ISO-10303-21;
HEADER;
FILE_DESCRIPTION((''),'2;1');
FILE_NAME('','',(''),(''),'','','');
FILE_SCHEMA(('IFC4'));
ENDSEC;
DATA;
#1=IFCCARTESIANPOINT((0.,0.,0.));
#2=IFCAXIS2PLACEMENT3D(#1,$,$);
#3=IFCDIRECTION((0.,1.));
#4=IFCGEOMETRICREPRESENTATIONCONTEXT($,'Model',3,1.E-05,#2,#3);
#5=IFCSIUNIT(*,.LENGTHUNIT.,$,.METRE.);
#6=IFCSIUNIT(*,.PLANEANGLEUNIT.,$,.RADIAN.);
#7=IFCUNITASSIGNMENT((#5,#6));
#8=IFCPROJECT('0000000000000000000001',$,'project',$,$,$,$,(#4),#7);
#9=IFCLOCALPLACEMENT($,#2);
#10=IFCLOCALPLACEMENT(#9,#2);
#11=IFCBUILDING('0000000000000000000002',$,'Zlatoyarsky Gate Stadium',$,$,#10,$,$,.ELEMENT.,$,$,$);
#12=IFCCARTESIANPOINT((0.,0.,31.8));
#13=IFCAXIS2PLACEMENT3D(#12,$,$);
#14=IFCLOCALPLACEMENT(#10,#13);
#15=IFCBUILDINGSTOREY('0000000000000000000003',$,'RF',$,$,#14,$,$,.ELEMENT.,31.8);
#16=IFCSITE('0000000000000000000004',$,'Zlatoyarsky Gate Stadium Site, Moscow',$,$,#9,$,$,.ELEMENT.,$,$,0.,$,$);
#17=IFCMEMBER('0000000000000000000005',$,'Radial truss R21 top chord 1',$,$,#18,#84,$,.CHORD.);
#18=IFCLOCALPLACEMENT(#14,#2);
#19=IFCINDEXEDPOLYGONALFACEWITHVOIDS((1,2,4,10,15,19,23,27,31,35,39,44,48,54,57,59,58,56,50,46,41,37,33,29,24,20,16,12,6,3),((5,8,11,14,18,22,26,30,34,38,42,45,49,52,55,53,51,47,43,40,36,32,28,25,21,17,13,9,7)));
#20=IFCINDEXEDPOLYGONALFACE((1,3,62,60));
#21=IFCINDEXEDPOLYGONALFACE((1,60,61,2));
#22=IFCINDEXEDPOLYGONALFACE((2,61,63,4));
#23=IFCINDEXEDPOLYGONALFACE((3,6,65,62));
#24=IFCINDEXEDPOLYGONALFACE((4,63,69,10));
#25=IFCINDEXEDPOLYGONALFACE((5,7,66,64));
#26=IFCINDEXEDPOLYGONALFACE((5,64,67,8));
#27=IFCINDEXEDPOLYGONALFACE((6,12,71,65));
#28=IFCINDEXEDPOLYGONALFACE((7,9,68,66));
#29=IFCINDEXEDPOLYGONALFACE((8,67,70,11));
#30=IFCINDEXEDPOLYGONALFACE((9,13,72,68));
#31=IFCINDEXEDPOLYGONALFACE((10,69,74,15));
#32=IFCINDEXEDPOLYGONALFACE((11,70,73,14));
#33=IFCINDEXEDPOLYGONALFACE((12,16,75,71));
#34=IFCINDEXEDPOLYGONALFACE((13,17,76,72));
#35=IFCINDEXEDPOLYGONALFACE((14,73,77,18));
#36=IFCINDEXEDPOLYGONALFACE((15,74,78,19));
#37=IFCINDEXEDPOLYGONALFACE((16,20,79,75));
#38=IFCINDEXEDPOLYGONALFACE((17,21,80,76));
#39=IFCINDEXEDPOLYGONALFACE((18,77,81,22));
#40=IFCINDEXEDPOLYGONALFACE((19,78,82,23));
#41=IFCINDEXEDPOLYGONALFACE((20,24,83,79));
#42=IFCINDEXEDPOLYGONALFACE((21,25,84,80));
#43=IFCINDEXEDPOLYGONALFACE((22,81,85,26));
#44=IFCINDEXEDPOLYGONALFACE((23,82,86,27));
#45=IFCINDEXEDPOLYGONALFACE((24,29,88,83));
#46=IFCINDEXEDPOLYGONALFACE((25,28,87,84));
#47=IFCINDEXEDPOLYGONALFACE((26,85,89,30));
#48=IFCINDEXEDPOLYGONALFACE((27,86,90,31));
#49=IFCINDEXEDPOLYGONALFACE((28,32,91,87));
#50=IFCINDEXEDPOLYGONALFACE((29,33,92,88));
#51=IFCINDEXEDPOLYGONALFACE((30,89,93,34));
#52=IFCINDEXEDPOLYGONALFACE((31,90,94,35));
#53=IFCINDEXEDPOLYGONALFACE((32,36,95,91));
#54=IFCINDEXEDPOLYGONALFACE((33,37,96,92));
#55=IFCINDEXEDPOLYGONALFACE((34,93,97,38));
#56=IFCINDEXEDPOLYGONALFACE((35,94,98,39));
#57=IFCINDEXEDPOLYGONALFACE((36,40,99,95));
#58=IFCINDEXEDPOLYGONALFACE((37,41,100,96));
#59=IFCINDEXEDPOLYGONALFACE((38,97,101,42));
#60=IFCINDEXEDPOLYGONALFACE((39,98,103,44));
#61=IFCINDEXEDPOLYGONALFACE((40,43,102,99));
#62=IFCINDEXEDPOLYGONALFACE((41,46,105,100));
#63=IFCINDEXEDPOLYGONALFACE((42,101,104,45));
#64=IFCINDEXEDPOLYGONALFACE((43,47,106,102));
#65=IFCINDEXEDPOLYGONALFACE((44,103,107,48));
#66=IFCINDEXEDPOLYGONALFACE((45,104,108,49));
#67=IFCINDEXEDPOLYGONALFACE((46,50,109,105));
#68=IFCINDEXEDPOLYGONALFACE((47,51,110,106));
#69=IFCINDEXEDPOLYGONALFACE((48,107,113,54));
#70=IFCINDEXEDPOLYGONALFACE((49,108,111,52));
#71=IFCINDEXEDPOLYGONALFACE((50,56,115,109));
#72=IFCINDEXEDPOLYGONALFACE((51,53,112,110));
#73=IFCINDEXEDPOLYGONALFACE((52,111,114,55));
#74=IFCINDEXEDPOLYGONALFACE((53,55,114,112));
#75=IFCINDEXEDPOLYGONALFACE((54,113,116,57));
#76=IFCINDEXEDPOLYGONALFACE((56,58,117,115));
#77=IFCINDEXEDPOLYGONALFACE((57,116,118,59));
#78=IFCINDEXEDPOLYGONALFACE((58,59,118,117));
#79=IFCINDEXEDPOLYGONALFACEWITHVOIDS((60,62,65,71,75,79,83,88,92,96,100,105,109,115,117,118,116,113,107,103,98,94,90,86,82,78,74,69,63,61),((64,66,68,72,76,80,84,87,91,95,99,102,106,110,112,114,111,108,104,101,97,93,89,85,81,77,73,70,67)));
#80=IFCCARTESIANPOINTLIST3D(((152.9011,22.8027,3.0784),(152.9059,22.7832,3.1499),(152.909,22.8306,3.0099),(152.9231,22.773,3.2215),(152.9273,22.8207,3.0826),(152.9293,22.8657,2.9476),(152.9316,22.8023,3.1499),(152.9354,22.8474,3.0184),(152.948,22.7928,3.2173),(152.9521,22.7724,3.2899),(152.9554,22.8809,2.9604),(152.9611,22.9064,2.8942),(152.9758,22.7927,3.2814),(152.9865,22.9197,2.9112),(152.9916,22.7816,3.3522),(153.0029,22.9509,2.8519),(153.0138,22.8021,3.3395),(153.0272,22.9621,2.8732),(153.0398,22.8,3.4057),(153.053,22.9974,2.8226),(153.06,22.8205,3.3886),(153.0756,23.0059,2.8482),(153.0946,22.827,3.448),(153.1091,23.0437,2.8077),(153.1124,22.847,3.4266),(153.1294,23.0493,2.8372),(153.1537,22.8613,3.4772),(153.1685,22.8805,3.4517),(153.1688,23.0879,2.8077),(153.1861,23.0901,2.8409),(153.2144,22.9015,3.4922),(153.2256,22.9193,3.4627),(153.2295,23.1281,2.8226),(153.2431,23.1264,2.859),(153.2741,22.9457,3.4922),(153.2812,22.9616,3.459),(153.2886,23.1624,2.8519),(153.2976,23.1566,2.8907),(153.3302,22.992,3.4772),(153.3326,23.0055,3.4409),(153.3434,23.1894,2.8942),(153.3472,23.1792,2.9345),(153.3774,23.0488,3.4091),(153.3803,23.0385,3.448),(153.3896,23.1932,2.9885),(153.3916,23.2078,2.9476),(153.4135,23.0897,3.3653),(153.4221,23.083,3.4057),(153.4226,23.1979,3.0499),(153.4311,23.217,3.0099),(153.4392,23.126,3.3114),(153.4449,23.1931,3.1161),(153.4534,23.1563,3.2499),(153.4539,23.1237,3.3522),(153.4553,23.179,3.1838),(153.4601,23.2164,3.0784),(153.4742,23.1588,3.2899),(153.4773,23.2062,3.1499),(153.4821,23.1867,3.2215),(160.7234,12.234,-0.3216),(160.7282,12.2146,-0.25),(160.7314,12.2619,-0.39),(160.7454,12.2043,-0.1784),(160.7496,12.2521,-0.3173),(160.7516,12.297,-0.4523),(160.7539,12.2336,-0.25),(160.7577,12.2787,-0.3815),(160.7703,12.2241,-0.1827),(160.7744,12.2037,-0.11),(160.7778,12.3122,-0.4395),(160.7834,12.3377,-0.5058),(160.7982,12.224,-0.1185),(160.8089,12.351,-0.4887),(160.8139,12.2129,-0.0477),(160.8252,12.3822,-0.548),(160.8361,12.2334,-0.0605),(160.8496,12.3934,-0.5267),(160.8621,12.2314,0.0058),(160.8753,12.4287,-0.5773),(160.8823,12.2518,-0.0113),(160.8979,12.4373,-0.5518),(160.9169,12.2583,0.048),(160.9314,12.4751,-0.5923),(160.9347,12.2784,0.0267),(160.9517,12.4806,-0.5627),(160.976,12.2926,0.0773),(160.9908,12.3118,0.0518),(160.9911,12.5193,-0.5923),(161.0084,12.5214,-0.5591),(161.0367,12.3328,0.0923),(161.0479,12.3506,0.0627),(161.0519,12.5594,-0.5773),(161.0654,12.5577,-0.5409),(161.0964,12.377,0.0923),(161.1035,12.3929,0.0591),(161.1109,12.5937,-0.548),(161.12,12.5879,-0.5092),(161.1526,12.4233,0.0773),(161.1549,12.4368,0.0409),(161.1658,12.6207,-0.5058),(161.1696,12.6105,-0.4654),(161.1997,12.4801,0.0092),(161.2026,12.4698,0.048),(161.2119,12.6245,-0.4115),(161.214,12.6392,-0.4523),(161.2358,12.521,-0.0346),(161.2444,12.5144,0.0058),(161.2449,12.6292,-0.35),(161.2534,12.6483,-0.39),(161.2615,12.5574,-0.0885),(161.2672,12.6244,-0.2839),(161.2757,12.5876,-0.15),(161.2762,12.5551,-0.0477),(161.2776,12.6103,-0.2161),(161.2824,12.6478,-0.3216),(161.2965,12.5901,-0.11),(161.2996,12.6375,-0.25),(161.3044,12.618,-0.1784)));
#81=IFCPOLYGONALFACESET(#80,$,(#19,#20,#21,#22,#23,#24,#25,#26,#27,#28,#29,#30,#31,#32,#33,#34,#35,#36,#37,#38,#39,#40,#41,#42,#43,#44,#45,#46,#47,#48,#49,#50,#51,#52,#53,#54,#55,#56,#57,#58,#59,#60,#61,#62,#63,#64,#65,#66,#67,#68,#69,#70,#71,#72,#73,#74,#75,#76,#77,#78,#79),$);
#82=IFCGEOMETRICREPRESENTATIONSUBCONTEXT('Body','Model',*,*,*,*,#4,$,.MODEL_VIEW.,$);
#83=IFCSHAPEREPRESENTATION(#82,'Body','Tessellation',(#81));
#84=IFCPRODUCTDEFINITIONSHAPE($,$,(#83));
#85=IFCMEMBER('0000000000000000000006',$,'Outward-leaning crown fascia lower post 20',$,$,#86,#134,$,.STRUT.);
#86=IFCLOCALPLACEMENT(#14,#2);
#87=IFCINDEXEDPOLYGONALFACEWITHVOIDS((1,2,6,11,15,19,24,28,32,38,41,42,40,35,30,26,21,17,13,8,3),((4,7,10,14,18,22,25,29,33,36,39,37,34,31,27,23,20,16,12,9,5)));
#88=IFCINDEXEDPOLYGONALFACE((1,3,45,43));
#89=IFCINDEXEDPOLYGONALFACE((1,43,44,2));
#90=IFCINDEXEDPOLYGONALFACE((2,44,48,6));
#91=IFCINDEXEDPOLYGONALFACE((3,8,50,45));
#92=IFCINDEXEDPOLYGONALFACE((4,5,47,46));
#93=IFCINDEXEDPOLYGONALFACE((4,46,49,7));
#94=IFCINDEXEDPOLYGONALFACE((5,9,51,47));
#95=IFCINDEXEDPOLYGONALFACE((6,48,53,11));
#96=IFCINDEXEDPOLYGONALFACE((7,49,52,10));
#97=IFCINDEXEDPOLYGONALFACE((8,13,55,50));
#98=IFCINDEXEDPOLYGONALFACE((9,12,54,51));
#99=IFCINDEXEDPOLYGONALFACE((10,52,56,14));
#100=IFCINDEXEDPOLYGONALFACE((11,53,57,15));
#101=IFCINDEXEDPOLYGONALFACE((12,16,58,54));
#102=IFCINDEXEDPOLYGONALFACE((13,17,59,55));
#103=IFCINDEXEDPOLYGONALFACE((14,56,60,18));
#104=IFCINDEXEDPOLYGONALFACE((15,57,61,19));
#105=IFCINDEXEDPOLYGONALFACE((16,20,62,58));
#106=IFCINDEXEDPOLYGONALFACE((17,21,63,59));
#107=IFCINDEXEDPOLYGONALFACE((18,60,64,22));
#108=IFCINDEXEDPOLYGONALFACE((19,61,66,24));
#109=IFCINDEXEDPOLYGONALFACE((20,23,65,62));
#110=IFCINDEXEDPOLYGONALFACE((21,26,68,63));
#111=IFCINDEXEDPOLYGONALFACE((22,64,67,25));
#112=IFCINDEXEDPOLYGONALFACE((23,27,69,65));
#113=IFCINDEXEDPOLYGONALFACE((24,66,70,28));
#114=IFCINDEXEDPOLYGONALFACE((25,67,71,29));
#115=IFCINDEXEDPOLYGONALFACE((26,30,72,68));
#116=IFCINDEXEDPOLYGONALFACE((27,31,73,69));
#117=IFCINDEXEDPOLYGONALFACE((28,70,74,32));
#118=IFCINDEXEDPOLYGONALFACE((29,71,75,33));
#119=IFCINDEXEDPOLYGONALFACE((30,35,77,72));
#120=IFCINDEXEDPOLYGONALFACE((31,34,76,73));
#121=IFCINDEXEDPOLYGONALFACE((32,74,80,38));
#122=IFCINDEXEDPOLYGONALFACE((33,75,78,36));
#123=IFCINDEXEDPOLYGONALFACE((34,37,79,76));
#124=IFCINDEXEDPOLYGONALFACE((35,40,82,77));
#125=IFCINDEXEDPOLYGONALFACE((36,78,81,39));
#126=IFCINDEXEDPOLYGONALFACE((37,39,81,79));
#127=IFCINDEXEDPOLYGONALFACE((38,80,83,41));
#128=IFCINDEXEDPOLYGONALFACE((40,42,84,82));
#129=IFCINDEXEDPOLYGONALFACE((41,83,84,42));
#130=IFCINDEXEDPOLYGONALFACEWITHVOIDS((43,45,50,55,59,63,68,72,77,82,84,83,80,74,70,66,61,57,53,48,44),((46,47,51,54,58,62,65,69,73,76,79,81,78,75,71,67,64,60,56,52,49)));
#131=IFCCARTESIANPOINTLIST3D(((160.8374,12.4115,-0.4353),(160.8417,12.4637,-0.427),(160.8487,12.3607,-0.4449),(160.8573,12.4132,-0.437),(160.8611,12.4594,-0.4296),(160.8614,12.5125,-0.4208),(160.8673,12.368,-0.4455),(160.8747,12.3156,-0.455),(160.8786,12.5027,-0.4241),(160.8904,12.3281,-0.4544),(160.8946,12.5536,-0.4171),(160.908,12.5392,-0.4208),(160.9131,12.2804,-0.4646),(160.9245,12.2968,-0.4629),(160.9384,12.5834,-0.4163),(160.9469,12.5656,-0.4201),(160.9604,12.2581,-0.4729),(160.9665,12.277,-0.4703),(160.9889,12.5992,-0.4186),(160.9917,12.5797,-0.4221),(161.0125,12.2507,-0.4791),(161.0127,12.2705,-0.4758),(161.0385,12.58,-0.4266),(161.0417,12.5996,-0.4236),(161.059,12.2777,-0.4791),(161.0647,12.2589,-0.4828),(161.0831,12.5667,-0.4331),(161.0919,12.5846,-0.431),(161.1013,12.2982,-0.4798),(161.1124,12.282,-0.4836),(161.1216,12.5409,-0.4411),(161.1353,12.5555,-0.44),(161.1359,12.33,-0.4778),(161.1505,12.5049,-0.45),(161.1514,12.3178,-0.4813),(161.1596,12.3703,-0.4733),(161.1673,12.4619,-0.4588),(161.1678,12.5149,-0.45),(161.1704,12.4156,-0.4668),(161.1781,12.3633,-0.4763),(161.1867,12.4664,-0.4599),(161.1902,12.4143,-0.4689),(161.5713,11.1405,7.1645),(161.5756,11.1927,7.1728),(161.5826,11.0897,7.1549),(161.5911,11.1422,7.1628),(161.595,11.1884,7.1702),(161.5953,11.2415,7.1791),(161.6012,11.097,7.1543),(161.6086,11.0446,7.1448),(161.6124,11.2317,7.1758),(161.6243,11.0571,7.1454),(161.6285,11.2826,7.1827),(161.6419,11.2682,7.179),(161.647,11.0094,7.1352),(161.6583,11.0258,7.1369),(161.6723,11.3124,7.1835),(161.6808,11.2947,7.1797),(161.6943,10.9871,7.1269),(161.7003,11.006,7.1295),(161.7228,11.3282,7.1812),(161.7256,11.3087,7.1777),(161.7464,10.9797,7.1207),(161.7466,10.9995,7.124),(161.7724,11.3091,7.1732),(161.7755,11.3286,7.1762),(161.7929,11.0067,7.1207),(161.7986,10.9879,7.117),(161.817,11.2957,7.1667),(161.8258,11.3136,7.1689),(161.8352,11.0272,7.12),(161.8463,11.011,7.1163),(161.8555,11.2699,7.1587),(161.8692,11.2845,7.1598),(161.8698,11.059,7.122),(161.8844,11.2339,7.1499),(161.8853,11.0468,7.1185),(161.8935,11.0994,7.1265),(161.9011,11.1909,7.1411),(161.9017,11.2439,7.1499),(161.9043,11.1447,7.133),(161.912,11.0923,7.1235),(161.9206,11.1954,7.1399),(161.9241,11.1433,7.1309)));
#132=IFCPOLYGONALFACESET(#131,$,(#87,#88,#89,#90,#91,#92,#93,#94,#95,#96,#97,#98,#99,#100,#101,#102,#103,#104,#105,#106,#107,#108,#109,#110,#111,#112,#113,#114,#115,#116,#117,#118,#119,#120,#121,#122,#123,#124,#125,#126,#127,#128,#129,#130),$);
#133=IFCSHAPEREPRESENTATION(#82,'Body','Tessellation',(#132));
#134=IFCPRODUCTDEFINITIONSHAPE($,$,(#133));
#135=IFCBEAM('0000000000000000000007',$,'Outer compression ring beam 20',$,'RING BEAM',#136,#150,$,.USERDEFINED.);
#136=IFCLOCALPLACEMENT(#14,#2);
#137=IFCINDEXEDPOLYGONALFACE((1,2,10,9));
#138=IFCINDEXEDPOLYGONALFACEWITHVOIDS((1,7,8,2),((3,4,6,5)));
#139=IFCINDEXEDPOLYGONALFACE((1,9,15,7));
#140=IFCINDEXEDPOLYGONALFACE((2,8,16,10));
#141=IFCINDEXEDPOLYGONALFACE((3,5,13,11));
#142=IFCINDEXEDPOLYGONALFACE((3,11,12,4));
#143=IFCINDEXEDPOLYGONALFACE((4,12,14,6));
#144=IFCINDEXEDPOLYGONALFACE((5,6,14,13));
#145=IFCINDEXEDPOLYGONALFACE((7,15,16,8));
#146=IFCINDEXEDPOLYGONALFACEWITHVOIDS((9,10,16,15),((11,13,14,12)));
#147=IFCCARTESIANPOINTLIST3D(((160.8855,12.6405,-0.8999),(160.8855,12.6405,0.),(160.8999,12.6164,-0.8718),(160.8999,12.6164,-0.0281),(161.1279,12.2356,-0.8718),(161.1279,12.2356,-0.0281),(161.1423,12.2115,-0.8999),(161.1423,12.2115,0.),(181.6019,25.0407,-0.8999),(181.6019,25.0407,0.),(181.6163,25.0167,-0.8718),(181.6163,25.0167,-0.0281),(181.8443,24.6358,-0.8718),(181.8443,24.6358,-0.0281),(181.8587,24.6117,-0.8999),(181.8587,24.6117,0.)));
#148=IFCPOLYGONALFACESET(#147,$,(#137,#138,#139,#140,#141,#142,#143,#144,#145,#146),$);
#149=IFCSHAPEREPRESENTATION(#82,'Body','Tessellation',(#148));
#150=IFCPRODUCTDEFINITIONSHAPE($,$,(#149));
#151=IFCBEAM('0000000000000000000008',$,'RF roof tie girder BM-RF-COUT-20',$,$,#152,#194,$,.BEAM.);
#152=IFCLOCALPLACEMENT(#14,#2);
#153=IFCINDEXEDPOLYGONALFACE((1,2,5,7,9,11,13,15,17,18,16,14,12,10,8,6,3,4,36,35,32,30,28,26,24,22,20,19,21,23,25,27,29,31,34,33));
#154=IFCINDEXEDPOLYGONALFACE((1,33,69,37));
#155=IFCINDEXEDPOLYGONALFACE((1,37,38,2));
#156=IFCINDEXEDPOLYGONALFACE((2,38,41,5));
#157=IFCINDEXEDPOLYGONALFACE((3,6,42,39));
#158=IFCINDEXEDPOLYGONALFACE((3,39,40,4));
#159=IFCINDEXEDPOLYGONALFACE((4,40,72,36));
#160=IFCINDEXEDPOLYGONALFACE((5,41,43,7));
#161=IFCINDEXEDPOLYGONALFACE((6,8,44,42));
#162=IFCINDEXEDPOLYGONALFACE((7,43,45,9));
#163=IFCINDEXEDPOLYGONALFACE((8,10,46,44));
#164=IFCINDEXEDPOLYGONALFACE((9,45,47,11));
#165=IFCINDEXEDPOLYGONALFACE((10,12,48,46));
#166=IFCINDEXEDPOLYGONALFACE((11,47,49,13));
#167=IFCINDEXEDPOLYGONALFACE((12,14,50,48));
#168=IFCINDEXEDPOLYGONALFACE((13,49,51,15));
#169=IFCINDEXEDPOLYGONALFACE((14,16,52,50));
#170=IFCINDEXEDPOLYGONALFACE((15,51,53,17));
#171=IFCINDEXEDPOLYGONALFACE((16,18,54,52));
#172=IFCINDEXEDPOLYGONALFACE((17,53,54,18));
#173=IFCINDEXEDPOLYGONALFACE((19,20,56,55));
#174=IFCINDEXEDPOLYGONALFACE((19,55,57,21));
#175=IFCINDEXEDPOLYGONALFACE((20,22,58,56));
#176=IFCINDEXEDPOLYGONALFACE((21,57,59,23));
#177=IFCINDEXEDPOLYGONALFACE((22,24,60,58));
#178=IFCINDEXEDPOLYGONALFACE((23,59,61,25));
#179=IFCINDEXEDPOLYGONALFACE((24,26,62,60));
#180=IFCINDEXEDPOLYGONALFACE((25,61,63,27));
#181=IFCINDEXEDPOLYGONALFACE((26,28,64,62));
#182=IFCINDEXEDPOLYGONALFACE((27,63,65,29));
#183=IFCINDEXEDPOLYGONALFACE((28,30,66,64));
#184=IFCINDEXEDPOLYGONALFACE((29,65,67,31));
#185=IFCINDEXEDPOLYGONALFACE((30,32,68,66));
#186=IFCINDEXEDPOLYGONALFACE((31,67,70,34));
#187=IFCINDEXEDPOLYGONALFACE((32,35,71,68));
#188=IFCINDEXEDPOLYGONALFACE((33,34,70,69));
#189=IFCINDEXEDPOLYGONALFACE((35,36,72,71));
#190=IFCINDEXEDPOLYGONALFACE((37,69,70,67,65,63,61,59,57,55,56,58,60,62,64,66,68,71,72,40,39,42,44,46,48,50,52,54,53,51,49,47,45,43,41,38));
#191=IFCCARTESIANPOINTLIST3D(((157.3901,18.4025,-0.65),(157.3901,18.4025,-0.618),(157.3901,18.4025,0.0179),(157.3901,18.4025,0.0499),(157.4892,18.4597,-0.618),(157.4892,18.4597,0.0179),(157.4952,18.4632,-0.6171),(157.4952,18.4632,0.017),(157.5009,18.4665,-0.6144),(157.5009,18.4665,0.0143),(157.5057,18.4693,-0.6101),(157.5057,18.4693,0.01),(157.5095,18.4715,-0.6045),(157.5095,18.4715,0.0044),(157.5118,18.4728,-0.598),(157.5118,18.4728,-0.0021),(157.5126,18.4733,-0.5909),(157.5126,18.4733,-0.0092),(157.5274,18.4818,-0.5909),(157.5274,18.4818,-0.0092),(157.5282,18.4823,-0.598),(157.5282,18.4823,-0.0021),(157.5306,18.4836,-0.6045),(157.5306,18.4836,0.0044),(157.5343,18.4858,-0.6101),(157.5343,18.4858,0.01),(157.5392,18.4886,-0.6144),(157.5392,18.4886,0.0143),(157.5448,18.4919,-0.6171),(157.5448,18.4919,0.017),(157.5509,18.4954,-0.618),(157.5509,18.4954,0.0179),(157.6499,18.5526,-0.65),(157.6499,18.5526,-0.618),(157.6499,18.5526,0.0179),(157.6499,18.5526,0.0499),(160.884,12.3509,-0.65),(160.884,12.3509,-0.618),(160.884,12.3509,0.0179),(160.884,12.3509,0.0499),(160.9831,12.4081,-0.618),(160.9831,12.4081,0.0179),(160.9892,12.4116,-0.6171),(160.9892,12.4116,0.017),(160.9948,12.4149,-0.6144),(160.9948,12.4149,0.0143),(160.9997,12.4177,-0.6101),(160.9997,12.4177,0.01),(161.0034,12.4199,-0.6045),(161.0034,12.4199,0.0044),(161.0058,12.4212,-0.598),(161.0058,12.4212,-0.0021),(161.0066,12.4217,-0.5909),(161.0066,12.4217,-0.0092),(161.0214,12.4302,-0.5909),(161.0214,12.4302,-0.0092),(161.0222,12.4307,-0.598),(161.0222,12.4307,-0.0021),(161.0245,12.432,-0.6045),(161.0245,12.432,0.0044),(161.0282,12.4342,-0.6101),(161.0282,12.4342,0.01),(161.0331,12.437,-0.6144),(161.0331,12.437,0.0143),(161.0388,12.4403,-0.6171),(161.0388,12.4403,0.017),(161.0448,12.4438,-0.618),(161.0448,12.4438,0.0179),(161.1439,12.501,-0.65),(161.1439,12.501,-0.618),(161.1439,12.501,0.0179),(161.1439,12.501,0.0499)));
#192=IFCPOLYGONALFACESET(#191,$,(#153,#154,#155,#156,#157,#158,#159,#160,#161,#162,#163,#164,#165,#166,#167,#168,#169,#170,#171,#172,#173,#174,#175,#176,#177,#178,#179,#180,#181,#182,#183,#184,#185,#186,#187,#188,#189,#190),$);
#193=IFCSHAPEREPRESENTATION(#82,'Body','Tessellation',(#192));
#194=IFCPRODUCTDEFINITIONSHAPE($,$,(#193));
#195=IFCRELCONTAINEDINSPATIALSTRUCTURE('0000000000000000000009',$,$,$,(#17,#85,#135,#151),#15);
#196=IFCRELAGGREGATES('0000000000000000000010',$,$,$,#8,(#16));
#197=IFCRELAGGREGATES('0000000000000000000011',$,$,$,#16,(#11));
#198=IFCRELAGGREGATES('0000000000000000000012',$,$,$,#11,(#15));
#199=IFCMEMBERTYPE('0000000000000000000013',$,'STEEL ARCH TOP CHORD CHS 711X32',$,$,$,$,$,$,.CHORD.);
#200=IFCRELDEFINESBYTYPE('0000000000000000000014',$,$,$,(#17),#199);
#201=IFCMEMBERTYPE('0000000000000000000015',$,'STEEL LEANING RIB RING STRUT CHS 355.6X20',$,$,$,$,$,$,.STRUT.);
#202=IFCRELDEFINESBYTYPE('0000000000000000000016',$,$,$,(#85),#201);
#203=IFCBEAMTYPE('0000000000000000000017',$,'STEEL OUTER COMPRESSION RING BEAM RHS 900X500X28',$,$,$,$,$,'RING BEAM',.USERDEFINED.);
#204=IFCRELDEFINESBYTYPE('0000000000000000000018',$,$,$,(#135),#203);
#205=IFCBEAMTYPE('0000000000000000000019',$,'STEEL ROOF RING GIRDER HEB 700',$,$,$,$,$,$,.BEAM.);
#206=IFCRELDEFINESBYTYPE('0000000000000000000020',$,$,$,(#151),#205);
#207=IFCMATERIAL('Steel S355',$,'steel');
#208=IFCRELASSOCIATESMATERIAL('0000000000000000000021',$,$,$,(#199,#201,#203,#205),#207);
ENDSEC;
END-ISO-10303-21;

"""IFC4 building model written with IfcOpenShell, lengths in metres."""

from ifc_helpers import new_model, si_unit, direction, frame, origin, origin_2d, place, context, subcontext, project, spatial, hollow_rectangle, hollow_circle, i_section, extrude, material, material_profile, profile_set, type_object, element, save


model = new_model("IFC4")

# Units and contexts
model_context = context("Model", 3, precision=1e-05, world=origin(), true_north=direction((0.0, 1.0)))
body_context = subcontext(model_context, "Body", "Model", "MODEL_VIEW")
ifc_project = project(units=[si_unit("LENGTHUNIT", "METRE"), si_unit("PLANEANGLEUNIT", "RADIAN")], contexts=[model_context])

# Site, building, storey
site_placement = place(None, origin())
site = spatial("IfcSite", under=ifc_project, at=site_placement, Name="Zlatoyarsky Gate Stadium Site, Moscow", CompositionType="ELEMENT", RefElevation=0.0)
building_placement = place(site_placement, origin())
building = spatial("IfcBuilding", under=site, at=building_placement, Name="Zlatoyarsky Gate Stadium", CompositionType="ELEMENT")
storey_placement = place(building_placement, frame((0.0, 0.0, 31.8)))
storey = spatial("IfcBuildingStorey", under=building, at=storey_placement, Name="RF", CompositionType="ELEMENT", Elevation=31.8)

# Members
ifc_material_1 = material(Name="Steel S355", Category="steel")
ifc_material_profile_1 = material_profile(ifc_material_1, hollow_circle(Radius=0.3555, WallThickness=0.032, at=origin_2d()), Name="CHS 711X32")
ifc_profile_set_1 = profile_set([ifc_material_profile_1], Name="Steel S355")
member_type_1 = type_object("IfcMemberType", Name="STEEL ARCH TOP CHORD CHS 711X32", PredefinedType="CHORD", material=ifc_profile_set_1)
member_1_placement = place(storey_placement, frame((161.0139, 12.426, -0.25), z_axis=(-0.575973, 0.778192, 0.250343), x_axis=(-0.803787, -0.594917, 0.0)))
element("IfcMember", 1, at=member_1_placement, inside=storey, type_object=member_type_1, Name="Radial truss R21 top chord 1", PredefinedType="CHORD", context=body_context, shape_type="SweptSolid", body=[
    extrude(hollow_circle(Radius=0.3555, WallThickness=0.032, at=origin_2d()), origin(), (0.0, 0.0, 1.0), 13.5811),
])
ifc_material_profile_2 = material_profile(ifc_material_1, hollow_circle(Radius=0.1777, WallThickness=0.02, at=origin_2d()), Name="CHS 355.6X20")
ifc_profile_set_2 = profile_set([ifc_material_profile_2], Name="Steel S355")
member_type_2 = type_object("IfcMemberType", Name="STEEL LEANING RIB RING STRUT CHS 355.6X20", PredefinedType="STRUT", material=ifc_profile_set_2)
member_2_placement = place(storey_placement, frame((161.0139, 12.426, -0.45), z_axis=(0.094814, -0.164206, 0.981859), x_axis=(0.866003, 0.500039, 0.0)))
element("IfcMember", 2, at=member_2_placement, inside=storey, type_object=member_type_2, Name="Outward-leaning crown fascia lower post 20", PredefinedType="STRUT", context=body_context, shape_type="SweptSolid", body=[
    extrude(hollow_circle(Radius=0.1777, WallThickness=0.02, at=origin_2d()), origin(), (0.0, 0.0, 1.0), 7.7402),
])

# Beams
ifc_material_profile_3 = material_profile(ifc_material_1, hollow_rectangle(XDim=0.5, YDim=0.8999, WallThickness=0.0281, at=origin_2d()), Name="RHS 900X500X28")
ifc_profile_set_3 = profile_set([ifc_material_profile_3], Name="Steel S355")
beam_type_1 = type_object("IfcBeamType", Name="STEEL OUTER COMPRESSION RING BEAM RHS 900X500X28", ElementType="RING BEAM", PredefinedType="USERDEFINED", material=ifc_profile_set_3)
beam_1_placement = place(storey_placement, frame((161.0139, 12.426, -0.45), z_axis=(0.858034, 0.513593, 0.0), x_axis=(-0.513593, 0.858034, 0.0)))
element("IfcBeam", 3, at=beam_1_placement, inside=storey, type_object=beam_type_1, Name="Outer compression ring beam 20", ObjectType="RING BEAM", PredefinedType="USERDEFINED", context=body_context, shape_type="SweptSolid", body=[
    extrude(hollow_rectangle(XDim=0.5, YDim=0.8999, WallThickness=0.0281, at=origin_2d()), origin(), (0.0, 0.0, 1.0), 24.144),
])
ifc_material_profile_4 = material_profile(ifc_material_1, i_section(OverallWidth=0.3, OverallDepth=0.7, WebThickness=0.0171, FlangeThickness=0.032, FilletRadius=0.0271, at=origin_2d()), Name="HEB 700")
ifc_profile_set_4 = profile_set([ifc_material_profile_4], Name="Steel S355")
beam_type_2 = type_object("IfcBeamType", Name="STEEL ROOF RING GIRDER HEB 700", PredefinedType="BEAM", material=ifc_profile_set_4)
beam_2_placement = place(storey_placement, frame((157.52, 18.4775, -0.3), z_axis=(0.500006, -0.866022, 0.0), x_axis=(0.866022, 0.500006, 0.0)))
element("IfcBeam", 4, at=beam_2_placement, inside=storey, type_object=beam_type_2, Name="RF roof tie girder BM-RF-COUT-20", PredefinedType="BEAM", context=body_context, shape_type="SweptSolid", body=[
    extrude(i_section(OverallWidth=0.3, OverallDepth=0.7, WebThickness=0.0171, FlangeThickness=0.032, FilletRadius=0.0271, at=origin_2d()), origin(), (0.0, 0.0, 1.0), 6.9878),
])

save(model, "model.ifc")
